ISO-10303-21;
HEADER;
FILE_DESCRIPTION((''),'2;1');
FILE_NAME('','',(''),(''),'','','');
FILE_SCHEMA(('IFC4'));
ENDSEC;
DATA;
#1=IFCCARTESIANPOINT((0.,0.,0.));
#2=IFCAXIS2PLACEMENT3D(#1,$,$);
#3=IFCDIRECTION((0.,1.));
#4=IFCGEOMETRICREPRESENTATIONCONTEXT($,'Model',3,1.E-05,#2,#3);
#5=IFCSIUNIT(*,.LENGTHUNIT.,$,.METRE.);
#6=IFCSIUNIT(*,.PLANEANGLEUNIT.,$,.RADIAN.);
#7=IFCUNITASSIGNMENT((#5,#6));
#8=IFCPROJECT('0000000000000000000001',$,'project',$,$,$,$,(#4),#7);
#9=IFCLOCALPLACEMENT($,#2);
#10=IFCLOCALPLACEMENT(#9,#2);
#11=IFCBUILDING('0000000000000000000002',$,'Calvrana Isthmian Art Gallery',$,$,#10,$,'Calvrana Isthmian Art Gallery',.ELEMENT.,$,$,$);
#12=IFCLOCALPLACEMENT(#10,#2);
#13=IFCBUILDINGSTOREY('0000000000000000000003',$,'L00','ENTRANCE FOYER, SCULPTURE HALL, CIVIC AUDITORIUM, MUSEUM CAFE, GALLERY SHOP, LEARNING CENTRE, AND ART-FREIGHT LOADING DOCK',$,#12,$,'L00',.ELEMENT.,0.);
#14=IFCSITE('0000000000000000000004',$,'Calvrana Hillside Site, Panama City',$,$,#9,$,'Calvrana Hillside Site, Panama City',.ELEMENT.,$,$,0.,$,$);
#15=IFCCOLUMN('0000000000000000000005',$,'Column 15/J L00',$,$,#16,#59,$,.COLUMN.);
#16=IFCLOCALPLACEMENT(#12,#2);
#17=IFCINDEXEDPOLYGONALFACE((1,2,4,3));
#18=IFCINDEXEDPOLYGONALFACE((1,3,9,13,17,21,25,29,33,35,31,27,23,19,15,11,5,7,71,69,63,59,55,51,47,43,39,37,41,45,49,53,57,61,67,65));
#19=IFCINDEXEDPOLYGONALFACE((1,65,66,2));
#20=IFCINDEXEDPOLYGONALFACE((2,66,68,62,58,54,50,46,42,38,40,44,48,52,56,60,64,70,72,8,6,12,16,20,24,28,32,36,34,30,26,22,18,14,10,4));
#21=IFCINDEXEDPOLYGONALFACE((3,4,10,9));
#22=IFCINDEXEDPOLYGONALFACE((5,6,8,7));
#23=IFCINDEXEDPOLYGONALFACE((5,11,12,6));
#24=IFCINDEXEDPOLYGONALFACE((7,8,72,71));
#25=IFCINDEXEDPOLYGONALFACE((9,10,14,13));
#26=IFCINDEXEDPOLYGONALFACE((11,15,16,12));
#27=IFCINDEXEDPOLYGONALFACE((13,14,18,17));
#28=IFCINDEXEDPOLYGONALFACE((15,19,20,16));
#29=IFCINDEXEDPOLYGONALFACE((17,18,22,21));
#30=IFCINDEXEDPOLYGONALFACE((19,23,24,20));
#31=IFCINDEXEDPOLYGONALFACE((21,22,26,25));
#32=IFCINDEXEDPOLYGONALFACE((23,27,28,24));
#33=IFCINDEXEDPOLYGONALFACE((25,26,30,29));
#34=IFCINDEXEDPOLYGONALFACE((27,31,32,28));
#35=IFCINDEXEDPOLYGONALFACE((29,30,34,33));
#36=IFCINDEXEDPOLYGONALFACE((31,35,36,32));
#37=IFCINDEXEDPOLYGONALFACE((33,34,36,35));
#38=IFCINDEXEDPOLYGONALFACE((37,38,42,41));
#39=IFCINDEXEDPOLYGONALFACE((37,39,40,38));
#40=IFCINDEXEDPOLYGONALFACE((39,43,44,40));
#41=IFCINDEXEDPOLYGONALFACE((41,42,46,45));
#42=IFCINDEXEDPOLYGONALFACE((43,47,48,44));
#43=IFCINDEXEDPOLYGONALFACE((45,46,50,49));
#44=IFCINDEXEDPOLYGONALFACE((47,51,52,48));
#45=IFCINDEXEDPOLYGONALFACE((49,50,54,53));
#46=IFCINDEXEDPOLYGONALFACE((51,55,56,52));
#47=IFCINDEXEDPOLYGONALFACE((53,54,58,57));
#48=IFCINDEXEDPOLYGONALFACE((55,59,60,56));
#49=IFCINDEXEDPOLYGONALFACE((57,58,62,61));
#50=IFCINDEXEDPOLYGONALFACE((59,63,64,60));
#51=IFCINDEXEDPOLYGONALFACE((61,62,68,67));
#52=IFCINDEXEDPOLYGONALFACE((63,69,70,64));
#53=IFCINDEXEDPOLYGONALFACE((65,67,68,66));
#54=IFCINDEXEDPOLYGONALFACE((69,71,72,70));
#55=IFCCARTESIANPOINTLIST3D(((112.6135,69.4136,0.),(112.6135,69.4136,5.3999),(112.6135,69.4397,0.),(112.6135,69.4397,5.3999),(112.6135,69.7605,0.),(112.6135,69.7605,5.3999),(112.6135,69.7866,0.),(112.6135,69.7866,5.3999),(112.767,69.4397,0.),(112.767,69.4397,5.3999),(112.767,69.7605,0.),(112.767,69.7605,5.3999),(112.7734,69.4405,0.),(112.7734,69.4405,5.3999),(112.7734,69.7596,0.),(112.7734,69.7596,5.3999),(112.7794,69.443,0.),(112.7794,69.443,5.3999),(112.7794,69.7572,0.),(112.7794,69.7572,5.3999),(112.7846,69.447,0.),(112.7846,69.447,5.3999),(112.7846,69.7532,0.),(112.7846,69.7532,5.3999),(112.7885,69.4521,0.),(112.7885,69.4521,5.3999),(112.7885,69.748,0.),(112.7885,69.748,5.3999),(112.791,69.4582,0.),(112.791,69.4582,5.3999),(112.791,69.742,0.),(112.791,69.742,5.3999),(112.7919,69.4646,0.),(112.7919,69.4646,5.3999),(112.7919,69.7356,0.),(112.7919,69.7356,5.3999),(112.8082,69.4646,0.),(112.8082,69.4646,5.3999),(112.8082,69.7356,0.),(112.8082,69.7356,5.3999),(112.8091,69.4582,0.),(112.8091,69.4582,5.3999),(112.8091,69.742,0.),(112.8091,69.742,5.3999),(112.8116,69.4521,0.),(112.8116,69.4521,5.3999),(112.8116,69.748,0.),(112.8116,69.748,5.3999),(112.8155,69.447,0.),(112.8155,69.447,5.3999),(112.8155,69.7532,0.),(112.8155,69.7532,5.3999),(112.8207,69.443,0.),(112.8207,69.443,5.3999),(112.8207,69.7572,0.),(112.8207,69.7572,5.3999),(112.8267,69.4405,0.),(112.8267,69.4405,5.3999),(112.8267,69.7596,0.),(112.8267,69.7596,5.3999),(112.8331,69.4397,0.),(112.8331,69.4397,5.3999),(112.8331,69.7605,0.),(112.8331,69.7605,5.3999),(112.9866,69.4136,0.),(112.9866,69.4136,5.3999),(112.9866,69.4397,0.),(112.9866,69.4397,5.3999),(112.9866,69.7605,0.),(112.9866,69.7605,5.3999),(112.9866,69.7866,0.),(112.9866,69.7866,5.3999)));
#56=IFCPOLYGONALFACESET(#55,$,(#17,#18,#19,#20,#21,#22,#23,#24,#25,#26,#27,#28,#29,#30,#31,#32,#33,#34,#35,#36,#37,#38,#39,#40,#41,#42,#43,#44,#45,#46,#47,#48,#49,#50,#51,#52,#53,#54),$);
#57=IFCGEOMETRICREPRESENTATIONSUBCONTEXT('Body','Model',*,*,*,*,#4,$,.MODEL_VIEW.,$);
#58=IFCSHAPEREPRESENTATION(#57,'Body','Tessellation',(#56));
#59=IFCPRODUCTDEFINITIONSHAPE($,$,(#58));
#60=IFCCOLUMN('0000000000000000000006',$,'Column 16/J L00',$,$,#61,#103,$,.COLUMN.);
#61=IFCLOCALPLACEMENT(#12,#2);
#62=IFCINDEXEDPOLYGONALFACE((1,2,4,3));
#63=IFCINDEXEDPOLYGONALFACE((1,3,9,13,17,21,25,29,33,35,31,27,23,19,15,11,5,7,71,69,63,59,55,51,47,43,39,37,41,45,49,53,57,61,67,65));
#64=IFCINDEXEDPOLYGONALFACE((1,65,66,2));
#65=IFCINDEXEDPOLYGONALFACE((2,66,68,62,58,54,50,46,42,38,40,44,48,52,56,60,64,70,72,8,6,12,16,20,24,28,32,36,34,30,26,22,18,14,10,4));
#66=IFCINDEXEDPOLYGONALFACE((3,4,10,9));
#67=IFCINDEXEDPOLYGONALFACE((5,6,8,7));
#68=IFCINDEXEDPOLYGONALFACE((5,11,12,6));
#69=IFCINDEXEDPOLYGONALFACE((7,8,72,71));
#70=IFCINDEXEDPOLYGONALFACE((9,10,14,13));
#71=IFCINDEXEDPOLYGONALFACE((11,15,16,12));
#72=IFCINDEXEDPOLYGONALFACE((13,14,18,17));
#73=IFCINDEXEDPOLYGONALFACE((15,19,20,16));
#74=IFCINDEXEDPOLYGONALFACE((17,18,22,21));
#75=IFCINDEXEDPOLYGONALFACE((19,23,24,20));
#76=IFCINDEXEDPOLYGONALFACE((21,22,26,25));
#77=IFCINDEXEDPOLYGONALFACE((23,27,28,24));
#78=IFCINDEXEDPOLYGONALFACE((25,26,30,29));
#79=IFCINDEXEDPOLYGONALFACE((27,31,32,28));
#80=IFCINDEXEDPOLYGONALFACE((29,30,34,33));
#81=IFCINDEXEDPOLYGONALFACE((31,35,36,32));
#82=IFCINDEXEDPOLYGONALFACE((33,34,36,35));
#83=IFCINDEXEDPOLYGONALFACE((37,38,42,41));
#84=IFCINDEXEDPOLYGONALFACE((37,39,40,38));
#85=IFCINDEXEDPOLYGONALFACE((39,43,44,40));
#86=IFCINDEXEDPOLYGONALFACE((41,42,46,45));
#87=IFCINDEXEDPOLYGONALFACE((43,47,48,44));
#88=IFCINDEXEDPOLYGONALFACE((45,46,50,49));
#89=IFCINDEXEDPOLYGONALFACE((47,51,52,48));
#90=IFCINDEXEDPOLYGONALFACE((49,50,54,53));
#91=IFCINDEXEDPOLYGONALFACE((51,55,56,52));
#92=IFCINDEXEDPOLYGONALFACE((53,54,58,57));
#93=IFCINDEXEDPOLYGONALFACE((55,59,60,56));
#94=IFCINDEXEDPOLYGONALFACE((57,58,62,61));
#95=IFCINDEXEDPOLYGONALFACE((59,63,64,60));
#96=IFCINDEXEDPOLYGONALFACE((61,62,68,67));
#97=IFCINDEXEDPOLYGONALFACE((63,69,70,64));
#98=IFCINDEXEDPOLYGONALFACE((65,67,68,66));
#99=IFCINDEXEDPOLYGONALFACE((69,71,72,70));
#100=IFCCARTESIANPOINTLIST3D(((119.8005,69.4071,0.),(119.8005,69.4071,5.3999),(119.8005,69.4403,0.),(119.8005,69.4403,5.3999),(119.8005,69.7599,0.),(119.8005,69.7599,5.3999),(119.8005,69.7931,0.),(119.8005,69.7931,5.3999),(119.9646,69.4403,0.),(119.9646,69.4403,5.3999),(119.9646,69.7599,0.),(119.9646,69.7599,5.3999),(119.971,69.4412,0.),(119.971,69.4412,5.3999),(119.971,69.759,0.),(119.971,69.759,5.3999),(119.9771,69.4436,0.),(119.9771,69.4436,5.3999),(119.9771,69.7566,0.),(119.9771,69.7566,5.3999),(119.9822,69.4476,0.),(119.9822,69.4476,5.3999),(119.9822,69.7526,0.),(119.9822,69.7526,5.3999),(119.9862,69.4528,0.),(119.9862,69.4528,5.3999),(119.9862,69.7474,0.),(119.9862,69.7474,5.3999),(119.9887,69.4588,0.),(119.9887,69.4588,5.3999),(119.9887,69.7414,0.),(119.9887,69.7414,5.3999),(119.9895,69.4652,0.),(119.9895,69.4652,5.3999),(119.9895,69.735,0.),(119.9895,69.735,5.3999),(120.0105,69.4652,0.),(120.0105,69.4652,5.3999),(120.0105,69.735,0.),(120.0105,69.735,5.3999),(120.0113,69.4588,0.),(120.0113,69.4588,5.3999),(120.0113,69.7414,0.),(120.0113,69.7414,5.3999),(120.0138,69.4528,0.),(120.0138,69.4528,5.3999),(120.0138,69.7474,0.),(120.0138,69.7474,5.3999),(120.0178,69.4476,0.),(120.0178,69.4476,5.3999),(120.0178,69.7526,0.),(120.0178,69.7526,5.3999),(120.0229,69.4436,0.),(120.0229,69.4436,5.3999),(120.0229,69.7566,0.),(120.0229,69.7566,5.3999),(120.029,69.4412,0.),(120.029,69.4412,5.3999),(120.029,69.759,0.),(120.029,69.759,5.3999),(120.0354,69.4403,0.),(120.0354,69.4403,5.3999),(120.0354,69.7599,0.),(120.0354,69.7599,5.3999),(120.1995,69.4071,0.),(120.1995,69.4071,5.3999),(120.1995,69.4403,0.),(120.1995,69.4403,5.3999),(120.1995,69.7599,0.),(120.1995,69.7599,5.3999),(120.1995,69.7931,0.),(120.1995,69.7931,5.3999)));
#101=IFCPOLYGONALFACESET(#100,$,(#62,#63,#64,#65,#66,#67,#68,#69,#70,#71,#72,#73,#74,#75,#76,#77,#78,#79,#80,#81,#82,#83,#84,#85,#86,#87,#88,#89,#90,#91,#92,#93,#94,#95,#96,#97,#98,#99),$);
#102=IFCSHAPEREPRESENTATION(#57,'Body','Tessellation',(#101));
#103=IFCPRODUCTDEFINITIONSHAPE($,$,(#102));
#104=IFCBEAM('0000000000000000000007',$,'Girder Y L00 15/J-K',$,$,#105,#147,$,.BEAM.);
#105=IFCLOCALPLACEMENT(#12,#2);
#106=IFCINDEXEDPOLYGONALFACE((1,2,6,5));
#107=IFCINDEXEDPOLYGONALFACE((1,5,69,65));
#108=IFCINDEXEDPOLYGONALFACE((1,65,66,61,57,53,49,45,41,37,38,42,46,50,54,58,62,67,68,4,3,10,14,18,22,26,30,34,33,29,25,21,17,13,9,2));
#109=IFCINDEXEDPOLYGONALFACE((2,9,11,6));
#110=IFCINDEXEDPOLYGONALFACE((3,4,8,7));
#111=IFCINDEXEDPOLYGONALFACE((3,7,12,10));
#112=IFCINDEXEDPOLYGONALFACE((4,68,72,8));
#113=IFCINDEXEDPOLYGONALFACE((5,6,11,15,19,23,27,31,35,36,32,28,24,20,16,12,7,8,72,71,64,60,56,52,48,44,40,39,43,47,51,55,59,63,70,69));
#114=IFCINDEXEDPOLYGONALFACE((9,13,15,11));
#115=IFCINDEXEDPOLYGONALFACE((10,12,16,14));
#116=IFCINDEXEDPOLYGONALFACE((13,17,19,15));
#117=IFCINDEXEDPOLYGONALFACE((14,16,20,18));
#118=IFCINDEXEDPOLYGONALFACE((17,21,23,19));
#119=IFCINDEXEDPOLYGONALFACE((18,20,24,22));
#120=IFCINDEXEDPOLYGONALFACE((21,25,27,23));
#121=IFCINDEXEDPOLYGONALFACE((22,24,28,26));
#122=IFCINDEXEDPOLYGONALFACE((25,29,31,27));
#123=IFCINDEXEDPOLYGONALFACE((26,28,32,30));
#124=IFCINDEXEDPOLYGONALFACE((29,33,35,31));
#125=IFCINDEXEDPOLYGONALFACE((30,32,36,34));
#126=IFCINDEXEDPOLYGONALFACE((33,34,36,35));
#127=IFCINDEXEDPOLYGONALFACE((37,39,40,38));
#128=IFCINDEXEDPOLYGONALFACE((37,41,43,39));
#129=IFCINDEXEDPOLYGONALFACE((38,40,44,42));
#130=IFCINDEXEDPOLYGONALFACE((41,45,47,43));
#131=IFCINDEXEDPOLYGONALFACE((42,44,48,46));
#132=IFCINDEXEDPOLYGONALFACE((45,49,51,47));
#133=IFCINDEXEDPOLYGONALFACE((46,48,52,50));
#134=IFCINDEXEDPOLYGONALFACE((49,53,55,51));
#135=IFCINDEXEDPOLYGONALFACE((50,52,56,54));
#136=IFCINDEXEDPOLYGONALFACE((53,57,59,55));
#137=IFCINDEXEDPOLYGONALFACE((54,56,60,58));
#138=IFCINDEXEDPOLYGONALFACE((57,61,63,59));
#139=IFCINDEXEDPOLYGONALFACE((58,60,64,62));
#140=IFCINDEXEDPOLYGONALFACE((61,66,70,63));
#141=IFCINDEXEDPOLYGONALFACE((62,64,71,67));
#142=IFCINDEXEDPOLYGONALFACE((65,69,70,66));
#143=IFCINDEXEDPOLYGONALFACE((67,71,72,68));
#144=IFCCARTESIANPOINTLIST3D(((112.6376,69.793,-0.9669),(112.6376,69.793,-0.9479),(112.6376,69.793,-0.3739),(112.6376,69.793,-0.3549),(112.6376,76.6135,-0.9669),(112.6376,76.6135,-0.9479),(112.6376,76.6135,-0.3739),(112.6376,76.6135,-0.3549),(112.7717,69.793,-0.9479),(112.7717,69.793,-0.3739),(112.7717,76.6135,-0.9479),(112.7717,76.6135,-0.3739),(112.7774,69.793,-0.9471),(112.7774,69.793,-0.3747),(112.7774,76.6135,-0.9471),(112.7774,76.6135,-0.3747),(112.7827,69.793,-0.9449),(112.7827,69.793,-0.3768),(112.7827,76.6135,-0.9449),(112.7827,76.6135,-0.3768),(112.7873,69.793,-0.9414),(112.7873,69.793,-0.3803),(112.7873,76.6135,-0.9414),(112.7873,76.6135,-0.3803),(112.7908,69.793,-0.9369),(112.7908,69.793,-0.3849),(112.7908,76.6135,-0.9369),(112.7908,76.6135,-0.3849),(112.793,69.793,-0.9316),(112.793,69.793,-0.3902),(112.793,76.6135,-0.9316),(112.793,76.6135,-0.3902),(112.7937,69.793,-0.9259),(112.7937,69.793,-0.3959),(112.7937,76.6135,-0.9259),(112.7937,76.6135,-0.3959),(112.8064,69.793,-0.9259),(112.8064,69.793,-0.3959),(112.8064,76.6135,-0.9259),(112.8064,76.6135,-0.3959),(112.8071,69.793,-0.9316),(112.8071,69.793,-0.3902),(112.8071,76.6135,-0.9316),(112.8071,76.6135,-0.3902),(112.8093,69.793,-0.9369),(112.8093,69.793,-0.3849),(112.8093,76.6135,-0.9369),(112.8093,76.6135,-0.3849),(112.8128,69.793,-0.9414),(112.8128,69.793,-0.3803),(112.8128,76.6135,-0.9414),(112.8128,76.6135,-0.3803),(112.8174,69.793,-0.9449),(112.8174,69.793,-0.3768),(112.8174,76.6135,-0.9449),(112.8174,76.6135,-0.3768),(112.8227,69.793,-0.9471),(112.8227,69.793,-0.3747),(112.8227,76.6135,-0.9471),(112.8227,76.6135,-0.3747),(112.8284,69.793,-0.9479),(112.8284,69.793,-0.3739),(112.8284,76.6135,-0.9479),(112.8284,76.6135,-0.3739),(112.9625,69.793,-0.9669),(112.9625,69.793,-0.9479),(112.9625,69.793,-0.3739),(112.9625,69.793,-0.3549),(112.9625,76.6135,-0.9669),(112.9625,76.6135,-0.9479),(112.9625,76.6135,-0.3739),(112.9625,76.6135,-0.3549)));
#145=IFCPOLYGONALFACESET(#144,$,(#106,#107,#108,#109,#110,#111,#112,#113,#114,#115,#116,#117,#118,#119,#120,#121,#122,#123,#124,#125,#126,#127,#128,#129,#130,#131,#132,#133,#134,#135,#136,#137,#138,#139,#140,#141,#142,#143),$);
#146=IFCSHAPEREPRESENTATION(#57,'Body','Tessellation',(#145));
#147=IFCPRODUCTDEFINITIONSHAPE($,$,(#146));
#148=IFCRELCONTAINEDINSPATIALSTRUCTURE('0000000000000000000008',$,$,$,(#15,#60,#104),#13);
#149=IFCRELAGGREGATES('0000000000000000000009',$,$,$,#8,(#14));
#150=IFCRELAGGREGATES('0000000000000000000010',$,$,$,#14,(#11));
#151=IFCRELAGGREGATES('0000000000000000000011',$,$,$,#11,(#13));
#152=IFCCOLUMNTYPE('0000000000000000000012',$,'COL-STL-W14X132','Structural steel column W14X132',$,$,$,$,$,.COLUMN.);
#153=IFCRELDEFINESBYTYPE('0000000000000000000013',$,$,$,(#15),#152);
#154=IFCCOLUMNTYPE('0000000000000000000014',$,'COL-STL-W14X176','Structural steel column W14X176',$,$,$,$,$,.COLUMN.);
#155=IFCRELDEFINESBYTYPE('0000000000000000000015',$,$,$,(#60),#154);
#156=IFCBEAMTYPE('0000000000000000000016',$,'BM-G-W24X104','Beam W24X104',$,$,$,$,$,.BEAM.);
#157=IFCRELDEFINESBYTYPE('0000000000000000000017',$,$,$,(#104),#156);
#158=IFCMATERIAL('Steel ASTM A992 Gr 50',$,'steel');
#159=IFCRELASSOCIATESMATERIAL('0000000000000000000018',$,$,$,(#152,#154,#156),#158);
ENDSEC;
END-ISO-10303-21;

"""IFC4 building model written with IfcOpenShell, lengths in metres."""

from ifc_helpers import new_model, si_unit, direction, frame, origin, origin_2d, place, context, subcontext, project, spatial, i_section, extrude, material, material_profile, profile_set, type_object, element, save


model = new_model("IFC4")

# Units and contexts
model_context = context("Model", 3, precision=1e-05, world=origin(), true_north=direction((0.0, 1.0)))
body_context = subcontext(model_context, "Body", "Model", "MODEL_VIEW")
ifc_project = project(units=[si_unit("LENGTHUNIT", "METRE"), si_unit("PLANEANGLEUNIT", "RADIAN")], contexts=[model_context])

# Site, building, storey
site_placement = place(None, origin())
site = spatial("IfcSite", under=ifc_project, at=site_placement, Name="Calvrana Hillside Site, Panama City", LongName="Calvrana Hillside Site, Panama City", CompositionType="ELEMENT", RefElevation=0.0)
building_placement = place(site_placement, origin())
building = spatial("IfcBuilding", under=site, at=building_placement, Name="Calvrana Isthmian Art Gallery", LongName="Calvrana Isthmian Art Gallery", CompositionType="ELEMENT")
storey_placement = place(building_placement, origin())
storey = spatial("IfcBuildingStorey", under=building, at=storey_placement, Name="L00", Description="ENTRANCE FOYER, SCULPTURE HALL, CIVIC AUDITORIUM, MUSEUM CAFE, GALLERY SHOP, LEARNING CENTRE, AND ART-FREIGHT LOADING DOCK", LongName="L00", CompositionType="ELEMENT", Elevation=0.0)

# Columns
ifc_material_1 = material(Name="Steel ASTM A992 Gr 50", Category="steel")
ifc_material_profile_1 = material_profile(ifc_material_1, i_section(OverallWidth=0.373, OverallDepth=0.373, WebThickness=0.0164, FlangeThickness=0.0261, FilletRadius=0.0249, at=origin_2d()), Name="W14X132")
ifc_profile_set_1 = profile_set([ifc_material_profile_1], Name="Steel ASTM A992 Gr 50")
column_type_1 = type_object("IfcColumnType", Name="COL-STL-W14X132", Description="Structural steel column W14X132", PredefinedType="COLUMN", material=ifc_profile_set_1)
column_1_placement = place(storey_placement, frame((112.8, 69.6001, 0.0), z_axis=(0.0, 0.0, 1.0), x_axis=(1.0, 0.0, 0.0)))
element("IfcColumn", 1, at=column_1_placement, inside=storey, type_object=column_type_1, Name="Column 15/J L00", PredefinedType="COLUMN", context=body_context, shape_type="SweptSolid", body=[
    extrude(i_section(OverallWidth=0.373, OverallDepth=0.373, WebThickness=0.0164, FlangeThickness=0.0261, FilletRadius=0.0249, at=origin_2d()), origin(), (0.0, 0.0, 1.0), 5.3999),
])
ifc_material_profile_2 = material_profile(ifc_material_1, i_section(OverallWidth=0.3989, OverallDepth=0.386, WebThickness=0.021, FlangeThickness=0.0332, FilletRadius=0.0249, at=origin_2d()), Name="W14X176")
ifc_profile_set_2 = profile_set([ifc_material_profile_2], Name="Steel ASTM A992 Gr 50")
column_type_2 = type_object("IfcColumnType", Name="COL-STL-W14X176", Description="Structural steel column W14X176", PredefinedType="COLUMN", material=ifc_profile_set_2)
column_2_placement = place(storey_placement, frame((120.0, 69.6001, 0.0), z_axis=(0.0, 0.0, 1.0), x_axis=(1.0, 0.0, 0.0)))
element("IfcColumn", 2, at=column_2_placement, inside=storey, type_object=column_type_2, Name="Column 16/J L00", PredefinedType="COLUMN", context=body_context, shape_type="SweptSolid", body=[
    extrude(i_section(OverallWidth=0.3989, OverallDepth=0.386, WebThickness=0.021, FlangeThickness=0.0332, FilletRadius=0.0249, at=origin_2d()), origin(), (0.0, 0.0, 1.0), 5.3999),
])

# Beam
ifc_material_profile_3 = material_profile(ifc_material_1, i_section(OverallWidth=0.325, OverallDepth=0.6121, WebThickness=0.0127, FlangeThickness=0.019, FilletRadius=0.022, at=origin_2d()), Name="W24X104")
ifc_profile_set_3 = profile_set([ifc_material_profile_3], Name="Steel ASTM A992 Gr 50")
beam_type_1 = type_object("IfcBeamType", Name="BM-G-W24X104", Description="Beam W24X104", PredefinedType="BEAM", material=ifc_profile_set_3)
beam_1_placement = place(storey_placement, frame((112.8, 69.793, -0.6609), z_axis=(0.0, 1.0, 0.0), x_axis=(-1.0, 0.0, 0.0)))
element("IfcBeam", 3, at=beam_1_placement, inside=storey, type_object=beam_type_1, Name="Girder Y L00 15/J-K", PredefinedType="BEAM", context=body_context, shape_type="SweptSolid", body=[
    extrude(i_section(OverallWidth=0.325, OverallDepth=0.6121, WebThickness=0.0127, FlangeThickness=0.019, FilletRadius=0.022, at=origin_2d()), origin(), (0.0, 0.0, 1.0), 6.8206),
])

save(model, "model.ifc")
